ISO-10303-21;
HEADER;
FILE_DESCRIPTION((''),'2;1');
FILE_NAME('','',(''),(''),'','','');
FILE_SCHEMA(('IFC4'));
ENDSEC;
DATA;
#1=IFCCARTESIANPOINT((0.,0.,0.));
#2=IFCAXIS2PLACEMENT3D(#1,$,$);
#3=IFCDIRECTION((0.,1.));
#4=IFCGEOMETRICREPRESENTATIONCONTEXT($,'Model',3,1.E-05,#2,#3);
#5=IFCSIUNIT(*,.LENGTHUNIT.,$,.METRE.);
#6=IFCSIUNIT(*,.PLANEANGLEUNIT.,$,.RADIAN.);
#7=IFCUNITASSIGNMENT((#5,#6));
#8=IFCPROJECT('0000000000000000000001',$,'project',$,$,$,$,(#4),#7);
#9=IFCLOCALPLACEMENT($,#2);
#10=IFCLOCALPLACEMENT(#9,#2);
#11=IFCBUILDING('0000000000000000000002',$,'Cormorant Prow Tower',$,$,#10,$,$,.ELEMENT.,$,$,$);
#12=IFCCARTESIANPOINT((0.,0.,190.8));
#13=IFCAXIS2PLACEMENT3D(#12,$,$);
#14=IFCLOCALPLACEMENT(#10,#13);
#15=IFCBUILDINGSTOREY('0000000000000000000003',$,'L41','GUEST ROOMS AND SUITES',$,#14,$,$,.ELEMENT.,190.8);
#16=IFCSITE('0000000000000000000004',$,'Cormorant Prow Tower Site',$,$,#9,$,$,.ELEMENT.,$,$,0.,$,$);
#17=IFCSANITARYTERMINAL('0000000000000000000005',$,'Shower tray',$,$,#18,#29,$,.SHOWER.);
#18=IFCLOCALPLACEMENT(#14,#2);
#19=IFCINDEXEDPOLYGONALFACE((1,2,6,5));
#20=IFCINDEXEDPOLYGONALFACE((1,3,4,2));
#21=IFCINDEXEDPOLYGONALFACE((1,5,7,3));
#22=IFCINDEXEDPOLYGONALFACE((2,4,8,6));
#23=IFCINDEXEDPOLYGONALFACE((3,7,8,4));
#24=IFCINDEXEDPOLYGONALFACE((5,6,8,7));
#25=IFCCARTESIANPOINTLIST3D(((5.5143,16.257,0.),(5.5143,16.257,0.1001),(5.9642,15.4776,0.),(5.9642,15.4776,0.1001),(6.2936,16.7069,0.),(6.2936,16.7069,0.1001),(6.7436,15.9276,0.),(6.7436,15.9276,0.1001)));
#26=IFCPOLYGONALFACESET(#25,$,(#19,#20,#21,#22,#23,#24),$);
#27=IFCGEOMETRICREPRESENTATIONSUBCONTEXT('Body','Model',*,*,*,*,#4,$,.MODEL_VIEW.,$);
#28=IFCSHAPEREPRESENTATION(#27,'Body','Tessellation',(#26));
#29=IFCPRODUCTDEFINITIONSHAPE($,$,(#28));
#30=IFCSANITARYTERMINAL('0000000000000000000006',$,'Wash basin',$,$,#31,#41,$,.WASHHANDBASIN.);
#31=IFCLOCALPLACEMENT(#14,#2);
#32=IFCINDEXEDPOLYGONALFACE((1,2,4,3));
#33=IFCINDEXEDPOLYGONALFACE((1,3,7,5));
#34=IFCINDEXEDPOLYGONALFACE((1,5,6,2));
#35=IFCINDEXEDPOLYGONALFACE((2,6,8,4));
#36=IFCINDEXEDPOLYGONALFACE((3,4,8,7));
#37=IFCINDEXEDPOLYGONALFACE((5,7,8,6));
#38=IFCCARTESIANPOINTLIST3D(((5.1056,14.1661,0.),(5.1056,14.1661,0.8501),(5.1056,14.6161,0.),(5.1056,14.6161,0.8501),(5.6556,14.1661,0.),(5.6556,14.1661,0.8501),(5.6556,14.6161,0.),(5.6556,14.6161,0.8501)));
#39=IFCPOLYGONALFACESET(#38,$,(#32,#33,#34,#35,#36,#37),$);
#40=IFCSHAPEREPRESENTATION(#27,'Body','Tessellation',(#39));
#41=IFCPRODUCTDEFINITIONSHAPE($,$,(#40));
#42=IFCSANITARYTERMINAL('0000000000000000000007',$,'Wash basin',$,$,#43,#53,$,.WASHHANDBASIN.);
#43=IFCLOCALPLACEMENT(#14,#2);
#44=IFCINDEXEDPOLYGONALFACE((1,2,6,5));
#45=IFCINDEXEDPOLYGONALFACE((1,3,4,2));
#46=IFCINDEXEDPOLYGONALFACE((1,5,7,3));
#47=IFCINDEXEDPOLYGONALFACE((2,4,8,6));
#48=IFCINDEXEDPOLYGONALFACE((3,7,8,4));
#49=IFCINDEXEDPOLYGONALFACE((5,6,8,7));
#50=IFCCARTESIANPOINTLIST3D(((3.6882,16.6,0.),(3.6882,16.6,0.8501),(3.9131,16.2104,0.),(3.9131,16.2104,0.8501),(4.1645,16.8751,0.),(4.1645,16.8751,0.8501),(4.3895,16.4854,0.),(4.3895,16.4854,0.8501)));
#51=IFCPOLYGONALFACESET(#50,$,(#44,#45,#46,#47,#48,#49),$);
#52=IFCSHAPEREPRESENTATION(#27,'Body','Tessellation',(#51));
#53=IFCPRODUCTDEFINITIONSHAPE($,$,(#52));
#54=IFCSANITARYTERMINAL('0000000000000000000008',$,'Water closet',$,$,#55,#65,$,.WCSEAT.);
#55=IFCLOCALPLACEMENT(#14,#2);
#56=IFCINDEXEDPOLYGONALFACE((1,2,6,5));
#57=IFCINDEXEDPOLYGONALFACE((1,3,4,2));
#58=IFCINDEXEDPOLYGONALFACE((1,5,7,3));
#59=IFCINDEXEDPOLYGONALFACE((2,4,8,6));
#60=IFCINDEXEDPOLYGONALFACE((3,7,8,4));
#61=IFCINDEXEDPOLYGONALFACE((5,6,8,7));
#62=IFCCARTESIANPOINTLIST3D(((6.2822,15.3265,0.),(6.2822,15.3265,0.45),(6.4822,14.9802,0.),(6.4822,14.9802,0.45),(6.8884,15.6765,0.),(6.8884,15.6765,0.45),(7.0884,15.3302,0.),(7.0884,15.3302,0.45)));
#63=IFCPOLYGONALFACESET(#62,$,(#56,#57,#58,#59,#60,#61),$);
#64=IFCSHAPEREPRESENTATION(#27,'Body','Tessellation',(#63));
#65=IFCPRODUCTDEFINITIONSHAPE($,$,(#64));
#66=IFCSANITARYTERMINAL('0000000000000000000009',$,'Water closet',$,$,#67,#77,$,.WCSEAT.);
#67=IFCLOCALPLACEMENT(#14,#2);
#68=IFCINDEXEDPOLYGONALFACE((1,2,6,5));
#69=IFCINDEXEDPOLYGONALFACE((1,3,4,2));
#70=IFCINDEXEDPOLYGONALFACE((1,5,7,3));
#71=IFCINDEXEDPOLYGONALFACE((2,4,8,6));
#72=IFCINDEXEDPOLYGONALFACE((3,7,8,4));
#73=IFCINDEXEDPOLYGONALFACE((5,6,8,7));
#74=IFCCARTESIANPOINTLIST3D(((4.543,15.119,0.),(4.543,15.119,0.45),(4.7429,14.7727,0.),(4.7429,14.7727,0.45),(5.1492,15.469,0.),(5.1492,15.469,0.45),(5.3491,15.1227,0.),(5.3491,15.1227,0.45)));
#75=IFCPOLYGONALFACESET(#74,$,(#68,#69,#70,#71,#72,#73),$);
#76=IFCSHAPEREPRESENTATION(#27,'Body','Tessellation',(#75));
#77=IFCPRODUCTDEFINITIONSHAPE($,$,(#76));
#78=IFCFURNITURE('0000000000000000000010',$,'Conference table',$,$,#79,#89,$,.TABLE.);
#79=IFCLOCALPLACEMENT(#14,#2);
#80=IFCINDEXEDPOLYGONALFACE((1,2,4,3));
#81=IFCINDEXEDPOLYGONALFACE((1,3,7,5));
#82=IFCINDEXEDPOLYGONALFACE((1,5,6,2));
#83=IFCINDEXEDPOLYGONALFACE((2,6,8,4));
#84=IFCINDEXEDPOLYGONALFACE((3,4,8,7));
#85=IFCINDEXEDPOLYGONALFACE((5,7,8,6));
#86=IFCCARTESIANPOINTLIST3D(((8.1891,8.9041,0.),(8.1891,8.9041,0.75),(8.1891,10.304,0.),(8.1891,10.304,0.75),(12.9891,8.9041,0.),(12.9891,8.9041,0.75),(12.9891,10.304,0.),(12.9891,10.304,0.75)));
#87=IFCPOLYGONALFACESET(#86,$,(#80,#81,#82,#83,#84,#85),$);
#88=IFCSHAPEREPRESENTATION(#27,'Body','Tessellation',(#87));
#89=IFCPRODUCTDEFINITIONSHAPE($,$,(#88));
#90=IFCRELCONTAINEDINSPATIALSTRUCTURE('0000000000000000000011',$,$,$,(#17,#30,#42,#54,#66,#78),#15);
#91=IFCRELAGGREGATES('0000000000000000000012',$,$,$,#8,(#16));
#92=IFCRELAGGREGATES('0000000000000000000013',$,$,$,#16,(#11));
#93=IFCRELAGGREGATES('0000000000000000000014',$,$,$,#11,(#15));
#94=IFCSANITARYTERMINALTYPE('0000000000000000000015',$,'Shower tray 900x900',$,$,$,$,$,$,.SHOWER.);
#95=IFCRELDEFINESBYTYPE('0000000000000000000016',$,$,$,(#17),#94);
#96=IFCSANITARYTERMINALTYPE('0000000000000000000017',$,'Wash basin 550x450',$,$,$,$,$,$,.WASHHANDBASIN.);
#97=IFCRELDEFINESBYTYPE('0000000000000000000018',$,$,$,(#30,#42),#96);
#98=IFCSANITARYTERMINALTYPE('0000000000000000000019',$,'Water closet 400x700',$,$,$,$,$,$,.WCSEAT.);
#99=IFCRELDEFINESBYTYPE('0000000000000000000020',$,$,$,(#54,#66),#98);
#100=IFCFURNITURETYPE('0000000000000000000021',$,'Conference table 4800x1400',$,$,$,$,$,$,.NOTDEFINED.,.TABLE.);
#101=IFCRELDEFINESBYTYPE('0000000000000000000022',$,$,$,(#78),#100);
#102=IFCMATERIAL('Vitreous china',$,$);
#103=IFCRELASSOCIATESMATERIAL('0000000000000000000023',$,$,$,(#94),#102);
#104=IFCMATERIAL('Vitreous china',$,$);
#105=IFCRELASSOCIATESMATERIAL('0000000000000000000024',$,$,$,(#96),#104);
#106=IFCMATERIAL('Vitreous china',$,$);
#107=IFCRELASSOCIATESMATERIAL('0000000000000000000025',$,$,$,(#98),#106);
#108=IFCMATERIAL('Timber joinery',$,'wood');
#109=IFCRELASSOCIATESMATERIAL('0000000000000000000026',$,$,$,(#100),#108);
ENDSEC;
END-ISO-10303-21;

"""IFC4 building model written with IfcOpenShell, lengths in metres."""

from ifc_helpers import new_model, si_unit, direction, frame, origin, origin_2d, place, context, subcontext, project, spatial, rectangle, extrude, material, type_object, element, save


model = new_model("IFC4")

# Units and contexts
model_context = context("Model", 3, precision=1e-05, world=origin(), true_north=direction((0.0, 1.0)))
body_context = subcontext(model_context, "Body", "Model", "MODEL_VIEW")
ifc_project = project(units=[si_unit("LENGTHUNIT", "METRE"), si_unit("PLANEANGLEUNIT", "RADIAN")], contexts=[model_context])

# Site, building, storey
site_placement = place(None, origin())
site = spatial("IfcSite", under=ifc_project, at=site_placement, Name="Cormorant Prow Tower Site", CompositionType="ELEMENT", RefElevation=0.0)
building_placement = place(site_placement, origin())
building = spatial("IfcBuilding", under=site, at=building_placement, Name="Cormorant Prow Tower", CompositionType="ELEMENT")
storey_placement = place(building_placement, frame((0.0, 0.0, 190.8)))
storey = spatial("IfcBuildingStorey", under=building, at=storey_placement, Name="L41", Description="GUEST ROOMS AND SUITES", CompositionType="ELEMENT", Elevation=190.8)

# Sanitary terminals
ifc_material_1 = material(Name="Vitreous china")
sanitary_terminal_type_1 = type_object("IfcSanitaryTerminalType", Name="Shower tray 900x900", PredefinedType="SHOWER", material=ifc_material_1)
for number, where, z_axis, x_axis, name in (
    (1, (6.1289, 16.0923, 0.0), (0.0, 0.0, 1.0), (-0.866025, -0.5, 0.0), "Shower tray"),
):
    element("IfcSanitaryTerminal", number, at=place(storey_placement, frame(where, z_axis=z_axis, x_axis=x_axis)), inside=storey, type_object=sanitary_terminal_type_1, Name=name, PredefinedType="SHOWER", context=body_context, shape_type="SweptSolid", body=[
        extrude(rectangle(XDim=0.8999, YDim=0.8999, at=origin_2d()), origin(), (0.0, 0.0, 1.0), 0.1001),
    ])
ifc_material_2 = material(Name="Vitreous china")
sanitary_terminal_type_2 = type_object("IfcSanitaryTerminalType", Name="Wash basin 550x450", PredefinedType="WASHHANDBASIN", material=ifc_material_2)
for number, where, z_axis, x_axis, name in (
    (2, (5.3806, 14.3911, 0.0), (0.0, 0.0, 1.0), (1.0, 0.0, 0.0), "Wash basin"),
    (3, (4.0388, 16.5427, 0.0), (0.0, 0.0, 1.0), (0.866025, 0.5, 0.0), "Wash basin"),
):
    element("IfcSanitaryTerminal", number, at=place(storey_placement, frame(where, z_axis=z_axis, x_axis=x_axis)), inside=storey, type_object=sanitary_terminal_type_2, Name=name, PredefinedType="WASHHANDBASIN", context=body_context, shape_type="SweptSolid", body=[
        extrude(rectangle(XDim=0.55, YDim=0.45, at=origin_2d()), origin(), (0.0, 0.0, 1.0), 0.8501),
    ])
ifc_material_3 = material(Name="Vitreous china")
sanitary_terminal_type_3 = type_object("IfcSanitaryTerminalType", Name="Water closet 400x700", PredefinedType="WCSEAT", material=ifc_material_3)
for number, where, z_axis, x_axis, name in (
    (4, (6.6853, 15.3284, 0.0), (0.0, 0.0, 1.0), (0.5, -0.866025, 0.0), "Water closet"),
    (5, (4.946, 15.1208, 0.0), (0.0, 0.0, 1.0), (-0.5, 0.866025, 0.0), "Water closet"),
):
    element("IfcSanitaryTerminal", number, at=place(storey_placement, frame(where, z_axis=z_axis, x_axis=x_axis)), inside=storey, type_object=sanitary_terminal_type_3, Name=name, PredefinedType="WCSEAT", context=body_context, shape_type="SweptSolid", body=[
        extrude(rectangle(XDim=0.3999, YDim=0.7, at=origin_2d()), origin(), (0.0, 0.0, 1.0), 0.45),
    ])

# Furniture
ifc_material_4 = material(Name="Timber joinery", Category="wood")
furniture_type = type_object("IfcFurnitureType", Name="Conference table 4800x1400", AssemblyPlace="NOTDEFINED", PredefinedType="TABLE", material=ifc_material_4)
furniture_placement = place(storey_placement, frame((10.5891, 9.604, 0.0), z_axis=(0.0, 0.0, 1.0), x_axis=(1.0, 0.0, 0.0)))
element("IfcFurniture", 6, at=furniture_placement, inside=storey, type_object=furniture_type, Name="Conference table", PredefinedType="TABLE", context=body_context, shape_type="SweptSolid", body=[
    extrude(rectangle(XDim=4.8, YDim=1.3999, at=origin_2d()), origin(), (0.0, 0.0, 1.0), 0.75),
])

save(model, "model.ifc")
